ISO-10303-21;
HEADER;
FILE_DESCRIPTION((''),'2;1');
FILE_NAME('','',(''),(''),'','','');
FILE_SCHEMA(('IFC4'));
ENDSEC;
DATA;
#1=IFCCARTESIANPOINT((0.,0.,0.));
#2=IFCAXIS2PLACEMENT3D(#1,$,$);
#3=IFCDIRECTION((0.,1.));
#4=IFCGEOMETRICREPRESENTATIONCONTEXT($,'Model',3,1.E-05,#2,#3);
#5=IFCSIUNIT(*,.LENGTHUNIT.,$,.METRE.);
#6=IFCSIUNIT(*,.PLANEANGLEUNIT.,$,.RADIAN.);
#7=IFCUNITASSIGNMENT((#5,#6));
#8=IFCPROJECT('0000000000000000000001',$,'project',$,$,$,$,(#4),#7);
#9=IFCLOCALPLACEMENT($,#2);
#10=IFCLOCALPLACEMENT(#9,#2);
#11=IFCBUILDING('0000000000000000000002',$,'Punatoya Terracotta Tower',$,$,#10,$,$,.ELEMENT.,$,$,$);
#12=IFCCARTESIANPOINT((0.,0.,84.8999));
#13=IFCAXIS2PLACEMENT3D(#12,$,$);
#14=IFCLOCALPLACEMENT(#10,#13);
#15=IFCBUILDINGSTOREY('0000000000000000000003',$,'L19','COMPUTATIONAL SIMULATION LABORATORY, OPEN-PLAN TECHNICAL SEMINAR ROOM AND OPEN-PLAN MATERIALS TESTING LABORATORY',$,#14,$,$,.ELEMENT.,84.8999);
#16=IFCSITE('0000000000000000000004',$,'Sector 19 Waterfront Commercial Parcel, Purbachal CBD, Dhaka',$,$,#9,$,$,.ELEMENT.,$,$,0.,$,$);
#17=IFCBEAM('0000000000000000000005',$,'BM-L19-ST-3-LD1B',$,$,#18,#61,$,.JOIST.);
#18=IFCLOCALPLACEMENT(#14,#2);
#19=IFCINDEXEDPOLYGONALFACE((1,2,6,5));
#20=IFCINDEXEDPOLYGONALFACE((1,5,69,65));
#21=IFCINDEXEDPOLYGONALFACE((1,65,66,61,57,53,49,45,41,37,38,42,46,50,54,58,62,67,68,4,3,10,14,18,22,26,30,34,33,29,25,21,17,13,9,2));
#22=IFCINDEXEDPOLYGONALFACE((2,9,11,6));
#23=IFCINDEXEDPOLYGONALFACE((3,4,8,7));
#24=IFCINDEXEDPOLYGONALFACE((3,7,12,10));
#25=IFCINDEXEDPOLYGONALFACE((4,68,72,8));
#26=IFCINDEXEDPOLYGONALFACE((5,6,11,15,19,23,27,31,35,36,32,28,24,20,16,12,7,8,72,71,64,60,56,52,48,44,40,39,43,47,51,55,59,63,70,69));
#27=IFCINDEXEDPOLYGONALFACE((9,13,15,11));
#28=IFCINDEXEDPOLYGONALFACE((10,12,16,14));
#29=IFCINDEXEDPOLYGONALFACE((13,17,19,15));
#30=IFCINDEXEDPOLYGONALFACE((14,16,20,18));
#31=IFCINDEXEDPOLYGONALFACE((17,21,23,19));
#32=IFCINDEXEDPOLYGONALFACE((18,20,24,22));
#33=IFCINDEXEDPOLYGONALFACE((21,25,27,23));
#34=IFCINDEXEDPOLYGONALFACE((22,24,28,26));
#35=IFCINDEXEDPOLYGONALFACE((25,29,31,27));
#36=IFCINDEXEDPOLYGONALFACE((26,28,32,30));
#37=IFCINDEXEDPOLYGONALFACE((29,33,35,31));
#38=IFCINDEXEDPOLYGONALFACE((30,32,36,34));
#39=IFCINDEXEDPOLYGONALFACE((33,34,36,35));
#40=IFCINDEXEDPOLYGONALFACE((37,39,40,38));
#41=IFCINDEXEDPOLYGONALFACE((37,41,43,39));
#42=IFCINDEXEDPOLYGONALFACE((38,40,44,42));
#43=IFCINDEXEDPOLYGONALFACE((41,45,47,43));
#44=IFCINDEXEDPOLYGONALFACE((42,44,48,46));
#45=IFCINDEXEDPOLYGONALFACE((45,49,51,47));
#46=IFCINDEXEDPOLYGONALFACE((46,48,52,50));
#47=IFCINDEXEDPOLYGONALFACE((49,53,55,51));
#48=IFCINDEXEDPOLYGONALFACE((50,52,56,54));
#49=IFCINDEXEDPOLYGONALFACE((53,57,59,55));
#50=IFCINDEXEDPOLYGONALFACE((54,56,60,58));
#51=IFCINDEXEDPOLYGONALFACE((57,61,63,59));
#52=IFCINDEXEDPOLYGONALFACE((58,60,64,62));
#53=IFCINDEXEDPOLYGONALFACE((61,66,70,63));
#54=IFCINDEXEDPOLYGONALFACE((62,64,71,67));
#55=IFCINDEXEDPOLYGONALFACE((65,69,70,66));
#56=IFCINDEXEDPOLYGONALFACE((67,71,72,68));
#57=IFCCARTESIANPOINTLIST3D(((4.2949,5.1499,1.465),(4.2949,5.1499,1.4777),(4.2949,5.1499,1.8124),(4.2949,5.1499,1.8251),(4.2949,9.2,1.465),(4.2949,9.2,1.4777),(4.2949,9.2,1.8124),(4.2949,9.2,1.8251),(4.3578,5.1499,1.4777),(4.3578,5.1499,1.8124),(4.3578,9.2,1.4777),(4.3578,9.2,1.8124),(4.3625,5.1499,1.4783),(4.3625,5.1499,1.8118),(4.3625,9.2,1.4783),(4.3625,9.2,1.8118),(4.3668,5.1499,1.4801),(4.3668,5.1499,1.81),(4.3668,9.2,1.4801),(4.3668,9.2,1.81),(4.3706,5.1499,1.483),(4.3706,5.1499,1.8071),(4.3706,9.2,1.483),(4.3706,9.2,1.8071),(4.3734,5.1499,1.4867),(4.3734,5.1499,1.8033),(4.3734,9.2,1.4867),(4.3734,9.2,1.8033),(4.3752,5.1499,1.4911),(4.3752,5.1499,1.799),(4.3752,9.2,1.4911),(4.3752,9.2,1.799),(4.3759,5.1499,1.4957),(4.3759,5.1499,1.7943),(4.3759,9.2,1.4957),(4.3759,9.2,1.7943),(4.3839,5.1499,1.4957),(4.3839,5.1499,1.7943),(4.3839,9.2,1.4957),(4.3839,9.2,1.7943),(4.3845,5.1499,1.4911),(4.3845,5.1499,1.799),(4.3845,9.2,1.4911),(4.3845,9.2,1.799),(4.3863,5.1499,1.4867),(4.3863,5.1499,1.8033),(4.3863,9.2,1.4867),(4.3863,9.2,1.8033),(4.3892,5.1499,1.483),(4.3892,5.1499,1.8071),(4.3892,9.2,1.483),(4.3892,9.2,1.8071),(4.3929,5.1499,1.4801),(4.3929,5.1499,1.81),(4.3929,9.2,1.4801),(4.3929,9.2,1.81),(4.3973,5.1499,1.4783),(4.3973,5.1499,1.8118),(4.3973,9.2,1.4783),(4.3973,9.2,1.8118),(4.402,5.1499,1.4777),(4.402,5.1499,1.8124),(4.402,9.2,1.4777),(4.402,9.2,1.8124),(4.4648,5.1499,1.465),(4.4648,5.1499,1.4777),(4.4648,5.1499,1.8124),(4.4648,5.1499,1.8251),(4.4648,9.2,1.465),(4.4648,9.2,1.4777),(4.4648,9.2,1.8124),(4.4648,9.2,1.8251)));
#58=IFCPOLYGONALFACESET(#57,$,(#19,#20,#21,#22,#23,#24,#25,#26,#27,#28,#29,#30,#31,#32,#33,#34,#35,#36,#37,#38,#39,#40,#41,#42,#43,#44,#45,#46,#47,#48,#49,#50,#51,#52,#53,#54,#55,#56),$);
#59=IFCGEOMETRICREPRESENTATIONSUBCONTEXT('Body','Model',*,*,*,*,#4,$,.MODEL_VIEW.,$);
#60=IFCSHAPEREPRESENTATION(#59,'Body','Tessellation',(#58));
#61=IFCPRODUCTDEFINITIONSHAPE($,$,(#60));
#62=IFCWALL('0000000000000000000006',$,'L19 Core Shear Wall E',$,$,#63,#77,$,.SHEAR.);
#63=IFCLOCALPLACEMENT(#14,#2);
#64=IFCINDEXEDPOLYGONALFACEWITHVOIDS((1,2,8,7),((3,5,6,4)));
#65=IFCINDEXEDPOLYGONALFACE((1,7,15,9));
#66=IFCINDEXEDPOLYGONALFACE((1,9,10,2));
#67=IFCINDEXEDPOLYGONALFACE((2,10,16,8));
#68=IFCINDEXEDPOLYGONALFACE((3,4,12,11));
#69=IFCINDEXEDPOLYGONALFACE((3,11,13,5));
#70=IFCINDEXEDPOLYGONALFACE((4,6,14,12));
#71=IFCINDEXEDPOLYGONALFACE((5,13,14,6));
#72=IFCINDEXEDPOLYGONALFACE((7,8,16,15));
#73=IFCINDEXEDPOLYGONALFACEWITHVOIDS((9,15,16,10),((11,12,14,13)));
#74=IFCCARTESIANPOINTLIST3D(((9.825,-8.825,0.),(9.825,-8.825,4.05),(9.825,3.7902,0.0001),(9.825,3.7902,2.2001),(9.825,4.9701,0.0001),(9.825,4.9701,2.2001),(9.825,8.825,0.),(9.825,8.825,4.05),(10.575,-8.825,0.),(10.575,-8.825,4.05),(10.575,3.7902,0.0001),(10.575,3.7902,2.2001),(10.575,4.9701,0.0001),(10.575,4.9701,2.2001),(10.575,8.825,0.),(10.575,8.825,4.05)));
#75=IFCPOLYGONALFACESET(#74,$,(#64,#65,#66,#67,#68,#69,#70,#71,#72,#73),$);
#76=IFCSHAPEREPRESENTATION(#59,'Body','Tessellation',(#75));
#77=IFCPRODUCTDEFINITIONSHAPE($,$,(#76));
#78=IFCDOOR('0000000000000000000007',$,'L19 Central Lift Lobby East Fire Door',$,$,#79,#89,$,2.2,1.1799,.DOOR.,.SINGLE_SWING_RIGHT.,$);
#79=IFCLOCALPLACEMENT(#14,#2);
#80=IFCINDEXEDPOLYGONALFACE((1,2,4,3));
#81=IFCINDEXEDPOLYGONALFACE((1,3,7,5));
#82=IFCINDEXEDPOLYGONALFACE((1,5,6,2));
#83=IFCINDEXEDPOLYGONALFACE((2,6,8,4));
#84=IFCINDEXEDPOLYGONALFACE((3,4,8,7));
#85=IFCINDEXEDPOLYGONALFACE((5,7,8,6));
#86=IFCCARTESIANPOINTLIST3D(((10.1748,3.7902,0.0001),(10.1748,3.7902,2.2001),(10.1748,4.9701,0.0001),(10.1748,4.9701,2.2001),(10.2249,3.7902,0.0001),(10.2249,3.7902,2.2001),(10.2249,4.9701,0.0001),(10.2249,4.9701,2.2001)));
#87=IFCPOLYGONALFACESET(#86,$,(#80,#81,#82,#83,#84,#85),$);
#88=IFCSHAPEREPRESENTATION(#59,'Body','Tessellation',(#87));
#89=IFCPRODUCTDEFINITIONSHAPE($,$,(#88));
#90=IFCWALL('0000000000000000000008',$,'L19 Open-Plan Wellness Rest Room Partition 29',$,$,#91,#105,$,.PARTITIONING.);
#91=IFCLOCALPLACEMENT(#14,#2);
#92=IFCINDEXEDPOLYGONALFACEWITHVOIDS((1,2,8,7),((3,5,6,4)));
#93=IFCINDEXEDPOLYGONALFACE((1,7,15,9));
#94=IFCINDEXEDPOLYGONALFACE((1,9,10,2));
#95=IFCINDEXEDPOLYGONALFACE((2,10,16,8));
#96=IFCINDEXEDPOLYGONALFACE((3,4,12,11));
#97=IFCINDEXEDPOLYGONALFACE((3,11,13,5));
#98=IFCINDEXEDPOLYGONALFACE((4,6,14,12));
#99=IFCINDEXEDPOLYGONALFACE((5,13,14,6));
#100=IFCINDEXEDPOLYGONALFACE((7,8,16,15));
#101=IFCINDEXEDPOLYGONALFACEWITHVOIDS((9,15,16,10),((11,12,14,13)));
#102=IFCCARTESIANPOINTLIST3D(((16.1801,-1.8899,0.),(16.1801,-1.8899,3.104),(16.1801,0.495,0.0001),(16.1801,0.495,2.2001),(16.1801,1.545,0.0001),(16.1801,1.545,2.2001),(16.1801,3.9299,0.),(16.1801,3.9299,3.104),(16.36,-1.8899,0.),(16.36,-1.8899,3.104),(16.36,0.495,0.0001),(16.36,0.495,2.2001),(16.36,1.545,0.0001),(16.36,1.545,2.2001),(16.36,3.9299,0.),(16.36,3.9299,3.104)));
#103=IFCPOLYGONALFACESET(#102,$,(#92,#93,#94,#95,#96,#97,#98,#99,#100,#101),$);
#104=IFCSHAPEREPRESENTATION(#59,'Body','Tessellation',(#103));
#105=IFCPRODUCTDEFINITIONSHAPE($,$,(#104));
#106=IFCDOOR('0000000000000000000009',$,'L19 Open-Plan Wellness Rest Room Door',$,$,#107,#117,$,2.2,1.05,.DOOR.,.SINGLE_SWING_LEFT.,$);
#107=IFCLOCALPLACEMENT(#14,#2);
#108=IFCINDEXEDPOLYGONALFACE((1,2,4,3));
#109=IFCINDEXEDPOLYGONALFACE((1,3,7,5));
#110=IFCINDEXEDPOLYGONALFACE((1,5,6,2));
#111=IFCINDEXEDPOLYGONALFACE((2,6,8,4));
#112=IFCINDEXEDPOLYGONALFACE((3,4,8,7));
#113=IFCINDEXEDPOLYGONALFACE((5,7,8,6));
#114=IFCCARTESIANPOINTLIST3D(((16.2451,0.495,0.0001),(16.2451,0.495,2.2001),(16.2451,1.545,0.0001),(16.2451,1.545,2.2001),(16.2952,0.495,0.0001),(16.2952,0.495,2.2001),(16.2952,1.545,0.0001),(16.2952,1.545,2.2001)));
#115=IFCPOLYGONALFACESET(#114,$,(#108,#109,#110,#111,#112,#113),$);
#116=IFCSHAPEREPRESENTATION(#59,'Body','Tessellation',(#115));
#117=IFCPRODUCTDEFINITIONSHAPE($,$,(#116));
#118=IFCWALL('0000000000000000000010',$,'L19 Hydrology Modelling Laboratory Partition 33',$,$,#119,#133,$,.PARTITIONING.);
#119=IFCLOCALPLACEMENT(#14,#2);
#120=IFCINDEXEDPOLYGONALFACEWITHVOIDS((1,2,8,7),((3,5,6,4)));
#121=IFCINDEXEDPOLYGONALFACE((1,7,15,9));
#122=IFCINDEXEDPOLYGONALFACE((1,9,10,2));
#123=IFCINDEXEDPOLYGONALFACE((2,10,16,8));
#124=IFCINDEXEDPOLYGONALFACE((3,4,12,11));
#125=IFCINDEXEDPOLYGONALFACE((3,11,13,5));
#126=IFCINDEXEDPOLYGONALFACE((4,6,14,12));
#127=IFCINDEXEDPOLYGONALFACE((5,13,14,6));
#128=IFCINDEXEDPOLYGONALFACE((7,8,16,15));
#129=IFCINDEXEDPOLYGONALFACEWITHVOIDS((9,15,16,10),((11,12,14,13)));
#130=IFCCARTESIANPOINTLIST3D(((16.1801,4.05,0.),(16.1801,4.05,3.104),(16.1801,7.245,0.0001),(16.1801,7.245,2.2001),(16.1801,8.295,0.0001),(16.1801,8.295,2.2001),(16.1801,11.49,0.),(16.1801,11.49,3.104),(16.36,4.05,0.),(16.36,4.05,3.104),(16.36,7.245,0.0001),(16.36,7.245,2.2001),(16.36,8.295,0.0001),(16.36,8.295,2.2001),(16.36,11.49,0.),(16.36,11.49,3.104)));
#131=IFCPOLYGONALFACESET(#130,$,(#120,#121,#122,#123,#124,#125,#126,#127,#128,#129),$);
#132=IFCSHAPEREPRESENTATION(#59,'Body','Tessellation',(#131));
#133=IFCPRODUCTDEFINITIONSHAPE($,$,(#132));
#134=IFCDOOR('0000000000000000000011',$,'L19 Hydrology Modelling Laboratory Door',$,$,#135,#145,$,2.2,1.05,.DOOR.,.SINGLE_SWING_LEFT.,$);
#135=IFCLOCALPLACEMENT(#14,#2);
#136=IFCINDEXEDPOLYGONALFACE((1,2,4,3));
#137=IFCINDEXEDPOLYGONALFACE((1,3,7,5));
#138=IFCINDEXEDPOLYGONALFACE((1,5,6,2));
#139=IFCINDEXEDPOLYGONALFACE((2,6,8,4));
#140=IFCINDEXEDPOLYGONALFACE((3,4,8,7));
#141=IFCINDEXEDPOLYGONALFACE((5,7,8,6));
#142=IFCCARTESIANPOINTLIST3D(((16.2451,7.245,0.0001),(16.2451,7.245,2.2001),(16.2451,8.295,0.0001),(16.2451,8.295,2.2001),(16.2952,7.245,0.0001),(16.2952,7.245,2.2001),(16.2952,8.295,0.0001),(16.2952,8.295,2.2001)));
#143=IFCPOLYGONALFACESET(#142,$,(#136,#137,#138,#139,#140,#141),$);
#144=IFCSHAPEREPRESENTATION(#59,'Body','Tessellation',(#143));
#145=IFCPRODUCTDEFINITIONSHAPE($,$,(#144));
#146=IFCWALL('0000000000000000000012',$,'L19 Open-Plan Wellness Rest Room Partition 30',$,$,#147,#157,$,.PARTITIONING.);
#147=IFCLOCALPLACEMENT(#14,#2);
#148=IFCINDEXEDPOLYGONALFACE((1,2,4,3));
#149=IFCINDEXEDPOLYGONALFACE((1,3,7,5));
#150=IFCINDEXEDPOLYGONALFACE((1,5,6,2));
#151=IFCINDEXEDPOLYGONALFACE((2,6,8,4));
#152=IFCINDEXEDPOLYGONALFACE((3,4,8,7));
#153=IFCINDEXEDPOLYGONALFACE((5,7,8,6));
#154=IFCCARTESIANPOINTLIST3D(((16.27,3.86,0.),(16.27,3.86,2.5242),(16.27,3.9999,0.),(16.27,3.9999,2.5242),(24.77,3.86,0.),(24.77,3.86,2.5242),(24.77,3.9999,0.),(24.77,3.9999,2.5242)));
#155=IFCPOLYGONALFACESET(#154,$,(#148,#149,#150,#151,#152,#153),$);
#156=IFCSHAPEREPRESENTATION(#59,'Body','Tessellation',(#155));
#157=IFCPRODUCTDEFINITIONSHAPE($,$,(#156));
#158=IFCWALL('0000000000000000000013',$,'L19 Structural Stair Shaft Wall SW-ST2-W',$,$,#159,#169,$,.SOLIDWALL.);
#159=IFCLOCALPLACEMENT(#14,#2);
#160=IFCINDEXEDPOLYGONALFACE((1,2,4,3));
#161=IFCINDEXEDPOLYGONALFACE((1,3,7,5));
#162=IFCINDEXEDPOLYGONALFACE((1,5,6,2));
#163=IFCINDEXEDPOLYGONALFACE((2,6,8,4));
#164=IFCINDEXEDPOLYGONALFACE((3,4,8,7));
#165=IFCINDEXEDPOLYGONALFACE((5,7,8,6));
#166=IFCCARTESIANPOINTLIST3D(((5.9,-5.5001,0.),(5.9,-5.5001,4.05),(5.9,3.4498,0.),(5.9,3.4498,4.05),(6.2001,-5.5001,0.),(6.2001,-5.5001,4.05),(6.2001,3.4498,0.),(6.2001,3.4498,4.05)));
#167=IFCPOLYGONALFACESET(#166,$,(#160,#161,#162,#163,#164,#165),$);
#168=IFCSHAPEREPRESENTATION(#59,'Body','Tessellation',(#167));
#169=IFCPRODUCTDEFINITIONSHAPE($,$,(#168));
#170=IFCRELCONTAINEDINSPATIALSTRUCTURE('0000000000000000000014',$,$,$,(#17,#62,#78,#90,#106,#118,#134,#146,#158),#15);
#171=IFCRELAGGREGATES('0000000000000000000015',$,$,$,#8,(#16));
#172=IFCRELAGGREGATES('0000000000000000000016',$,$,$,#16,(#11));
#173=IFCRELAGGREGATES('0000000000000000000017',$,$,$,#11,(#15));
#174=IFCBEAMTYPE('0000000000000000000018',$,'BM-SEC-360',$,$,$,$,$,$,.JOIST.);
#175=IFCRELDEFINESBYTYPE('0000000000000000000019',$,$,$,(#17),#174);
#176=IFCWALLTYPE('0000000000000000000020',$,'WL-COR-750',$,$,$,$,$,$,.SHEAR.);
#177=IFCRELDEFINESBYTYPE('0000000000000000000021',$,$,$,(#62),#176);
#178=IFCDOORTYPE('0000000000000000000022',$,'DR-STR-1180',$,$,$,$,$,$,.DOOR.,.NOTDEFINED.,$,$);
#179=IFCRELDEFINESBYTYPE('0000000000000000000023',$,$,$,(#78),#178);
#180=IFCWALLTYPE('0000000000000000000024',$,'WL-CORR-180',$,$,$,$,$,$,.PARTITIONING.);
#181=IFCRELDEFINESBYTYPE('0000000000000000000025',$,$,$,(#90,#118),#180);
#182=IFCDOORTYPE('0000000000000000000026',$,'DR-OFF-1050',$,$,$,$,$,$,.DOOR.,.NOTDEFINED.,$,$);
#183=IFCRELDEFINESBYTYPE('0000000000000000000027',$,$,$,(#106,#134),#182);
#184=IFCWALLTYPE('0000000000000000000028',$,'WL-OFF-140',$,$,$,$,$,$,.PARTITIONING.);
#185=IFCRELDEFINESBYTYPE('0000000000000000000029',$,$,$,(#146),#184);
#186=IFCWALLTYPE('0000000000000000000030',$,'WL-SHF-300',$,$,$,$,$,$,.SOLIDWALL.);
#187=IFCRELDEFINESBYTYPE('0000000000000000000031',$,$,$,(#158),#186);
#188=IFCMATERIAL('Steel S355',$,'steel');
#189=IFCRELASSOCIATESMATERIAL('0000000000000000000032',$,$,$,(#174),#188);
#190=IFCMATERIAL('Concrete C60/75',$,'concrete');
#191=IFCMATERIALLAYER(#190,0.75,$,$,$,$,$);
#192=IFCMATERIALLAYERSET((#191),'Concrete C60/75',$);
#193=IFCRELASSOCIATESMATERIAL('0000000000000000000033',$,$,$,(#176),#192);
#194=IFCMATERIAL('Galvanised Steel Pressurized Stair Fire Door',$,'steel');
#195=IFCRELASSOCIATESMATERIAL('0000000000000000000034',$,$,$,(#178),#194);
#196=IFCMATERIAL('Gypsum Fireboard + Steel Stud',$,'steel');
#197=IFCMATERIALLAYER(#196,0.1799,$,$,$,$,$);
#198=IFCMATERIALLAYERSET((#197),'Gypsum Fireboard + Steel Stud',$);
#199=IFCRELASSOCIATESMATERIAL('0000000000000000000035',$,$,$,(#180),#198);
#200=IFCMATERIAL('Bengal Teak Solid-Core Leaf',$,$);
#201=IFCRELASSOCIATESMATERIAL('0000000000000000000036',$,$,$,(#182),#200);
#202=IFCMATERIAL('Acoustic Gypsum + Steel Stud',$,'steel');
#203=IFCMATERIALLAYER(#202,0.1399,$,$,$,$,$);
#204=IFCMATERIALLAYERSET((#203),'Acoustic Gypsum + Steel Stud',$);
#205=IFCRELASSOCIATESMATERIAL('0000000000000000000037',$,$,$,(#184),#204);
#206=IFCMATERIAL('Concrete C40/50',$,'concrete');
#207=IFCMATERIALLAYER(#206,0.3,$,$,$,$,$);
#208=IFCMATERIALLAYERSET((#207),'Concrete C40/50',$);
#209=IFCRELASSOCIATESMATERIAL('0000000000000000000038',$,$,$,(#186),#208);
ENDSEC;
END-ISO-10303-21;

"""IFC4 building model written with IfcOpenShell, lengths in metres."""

from ifc_helpers import new_model, si_unit, direction, frame, frame_2d, origin, origin_2d, place, context, subcontext, project, spatial, rectangle, i_section, extrude, material, layer, layer_set, material_profile, profile_set, type_object, element, fill, save


model = new_model("IFC4")

# Units and contexts
model_context = context("Model", 3, precision=1e-05, world=origin(), true_north=direction((0.0, 1.0)))
body_context = subcontext(model_context, "Body", "Model", "MODEL_VIEW")
ifc_project = project(units=[si_unit("LENGTHUNIT", "METRE"), si_unit("PLANEANGLEUNIT", "RADIAN")], contexts=[model_context])

# Site, building, storey
site_placement = place(None, origin())
site = spatial("IfcSite", under=ifc_project, at=site_placement, Name="Sector 19 Waterfront Commercial Parcel, Purbachal CBD, Dhaka", CompositionType="ELEMENT", RefElevation=0.0)
building_placement = place(site_placement, origin())
building = spatial("IfcBuilding", under=site, at=building_placement, Name="Punatoya Terracotta Tower", CompositionType="ELEMENT")
storey_placement = place(building_placement, frame((0.0, 0.0, 84.8999)))
storey = spatial("IfcBuildingStorey", under=building, at=storey_placement, Name="L19", Description="COMPUTATIONAL SIMULATION LABORATORY, OPEN-PLAN TECHNICAL SEMINAR ROOM AND OPEN-PLAN MATERIALS TESTING LABORATORY", CompositionType="ELEMENT", Elevation=84.8999)

# Beam
ifc_material_1 = material(Name="Steel S355", Category="steel")
ifc_material_profile_1 = material_profile(ifc_material_1, i_section(OverallWidth=0.1699, OverallDepth=0.3601, WebThickness=0.0081, FlangeThickness=0.0127, FilletRadius=0.0181, at=origin_2d()))
ifc_profile_set_1 = profile_set([ifc_material_profile_1], Name="Steel S355")
beam_type_1 = type_object("IfcBeamType", Name="BM-SEC-360", PredefinedType="JOIST", material=ifc_profile_set_1)
for number, where, z_axis, x_axis, name in (
    (1, (4.3799, 5.1499, 1.645), (0.0, 1.0, 0.0), (-1.0, 0.0, 0.0), "BM-L19-ST-3-LD1B"),
):
    element("IfcBeam", number, at=place(storey_placement, frame(where, z_axis=z_axis, x_axis=x_axis)), inside=storey, type_object=beam_type_1, Name=name, PredefinedType="JOIST", context=body_context, shape_type="SweptSolid", body=[
        extrude(i_section(OverallWidth=0.1699, OverallDepth=0.3601, WebThickness=0.0081, FlangeThickness=0.0127, FilletRadius=0.0181, at=origin_2d()), origin(), (0.0, 0.0, 1.0), 4.05),
    ])

# Walls, openings, doors
ifc_material_2 = material(Name="Concrete C60/75", Category="concrete")
ifc_layer_1 = layer(ifc_material_2, 0.75)
ifc_layer_set_1 = layer_set([ifc_layer_1], Name="Concrete C60/75")
wall_type_1 = type_object("IfcWallType", Name="WL-COR-750", PredefinedType="SHEAR", material=ifc_layer_set_1)
wall_1_placement = place(storey_placement, frame((10.2, 8.825, 0.0), z_axis=(0.0, 0.0, 1.0), x_axis=(0.0, -1.0, 0.0)))
wall_1 = element("IfcWall", 2, at=wall_1_placement, inside=storey, type_object=wall_type_1, Name="L19 Core Shear Wall E", PredefinedType="SHEAR", context=body_context, shape_type="SweptSolid", body=[
    extrude(rectangle(XDim=17.6499, YDim=0.75, at=frame_2d((8.825, 0.0))), origin(), (0.0, 0.0, 1.0), 4.05),
])
opening_1_placement = place(wall_1_placement, frame((3.855, 0.0, 0.0)))
opening_1 = element("IfcOpeningElement", 3, at=opening_1_placement, cuts=wall_1, PredefinedType="OPENING", context=body_context, shape_type="SweptSolid", body=[
    extrude(rectangle(XDim=1.1799, YDim=2.2, at=frame_2d((0.5898, 1.1001))), frame((0.0, 0.385, 0.0), z_axis=(0.0, -1.0, 0.0), x_axis=(1.0, 0.0, 0.0)), (0.0, 0.0, 1.0), 0.77),
])
ifc_material_3 = material(Name="Galvanised Steel Pressurized Stair Fire Door", Category="steel")
door_type_1 = type_object("IfcDoorType", Name="DR-STR-1180", OperationType="NOTDEFINED", PredefinedType="DOOR", material=ifc_material_3)
door_1_placement = place(opening_1_placement, origin())
door_1 = element("IfcDoor", 4, at=door_1_placement, inside=storey, type_object=door_type_1, Name="L19 Central Lift Lobby East Fire Door", OperationType="SINGLE_SWING_RIGHT", OverallHeight=2.2, OverallWidth=1.1799, PredefinedType="DOOR", context=body_context, shape_type="SweptSolid", body=[
    extrude(rectangle(XDim=1.1799, YDim=2.2, at=frame_2d((0.5898, 1.1001))), frame((0.0, 0.0249, 0.0), z_axis=(0.0, -1.0, 0.0), x_axis=(1.0, 0.0, 0.0)), (0.0, 0.0, 1.0), 0.05),
])
fill(opening_1, door_1)
ifc_material_4 = material(Name="Gypsum Fireboard + Steel Stud", Category="steel")
ifc_layer_2 = layer(ifc_material_4, 0.1799)
ifc_layer_set_2 = layer_set([ifc_layer_2], Name="Gypsum Fireboard + Steel Stud")
wall_type_2 = type_object("IfcWallType", Name="WL-CORR-180", PredefinedType="PARTITIONING", material=ifc_layer_set_2)
wall_2_placement = place(storey_placement, frame((16.27, -1.8899, 0.0), z_axis=(0.0, 0.0, 1.0), x_axis=(0.0, 1.0, 0.0)))
wall_2 = element("IfcWall", 5, at=wall_2_placement, inside=storey, type_object=wall_type_2, Name="L19 Open-Plan Wellness Rest Room Partition 29", PredefinedType="PARTITIONING", context=body_context, shape_type="SweptSolid", body=[
    extrude(rectangle(XDim=5.8198, YDim=0.1799, at=frame_2d((2.9099, 0.0))), origin(), (0.0, 0.0, 1.0), 3.104),
])
opening_2_placement = place(wall_2_placement, frame((2.385, 0.0, 0.0)))
opening_2 = element("IfcOpeningElement", 6, at=opening_2_placement, cuts=wall_2, PredefinedType="OPENING", context=body_context, shape_type="SweptSolid", body=[
    extrude(rectangle(XDim=1.05, YDim=2.2, at=frame_2d((0.5249, 1.1001))), frame((0.0, 0.0999, 0.0), z_axis=(0.0, -1.0, 0.0), x_axis=(1.0, 0.0, 0.0)), (0.0, 0.0, 1.0), 0.2),
])
ifc_material_5 = material(Name="Bengal Teak Solid-Core Leaf")
door_type_2 = type_object("IfcDoorType", Name="DR-OFF-1050", OperationType="NOTDEFINED", PredefinedType="DOOR", material=ifc_material_5)
door_2_placement = place(opening_2_placement, origin())
door_2 = element("IfcDoor", 7, at=door_2_placement, inside=storey, type_object=door_type_2, Name="L19 Open-Plan Wellness Rest Room Door", OperationType="SINGLE_SWING_LEFT", OverallHeight=2.2, OverallWidth=1.05, PredefinedType="DOOR", context=body_context, shape_type="SweptSolid", body=[
    extrude(rectangle(XDim=1.05, YDim=2.2, at=frame_2d((0.5249, 1.1001))), frame((0.0, 0.0249, 0.0), z_axis=(0.0, -1.0, 0.0), x_axis=(1.0, 0.0, 0.0)), (0.0, 0.0, 1.0), 0.05),
])
fill(opening_2, door_2)
wall_3_placement = place(storey_placement, frame((16.27, 4.05, 0.0), z_axis=(0.0, 0.0, 1.0), x_axis=(0.0, 1.0, 0.0)))
wall_3 = element("IfcWall", 8, at=wall_3_placement, inside=storey, type_object=wall_type_2, Name="L19 Hydrology Modelling Laboratory Partition 33", PredefinedType="PARTITIONING", context=body_context, shape_type="SweptSolid", body=[
    extrude(rectangle(XDim=7.4399, YDim=0.1799, at=frame_2d((3.72, 0.0))), origin(), (0.0, 0.0, 1.0), 3.104),
])
opening_3_placement = place(wall_3_placement, frame((3.1951, 0.0, 0.0)))
opening_3 = element("IfcOpeningElement", 9, at=opening_3_placement, cuts=wall_3, PredefinedType="OPENING", context=body_context, shape_type="SweptSolid", body=[
    extrude(rectangle(XDim=1.05, YDim=2.2, at=frame_2d((0.5249, 1.1001))), frame((0.0, 0.0999, 0.0), z_axis=(0.0, -1.0, 0.0), x_axis=(1.0, 0.0, 0.0)), (0.0, 0.0, 1.0), 0.2),
])
door_3_placement = place(opening_3_placement, origin())
door_3 = element("IfcDoor", 10, at=door_3_placement, inside=storey, type_object=door_type_2, Name="L19 Hydrology Modelling Laboratory Door", OperationType="SINGLE_SWING_LEFT", OverallHeight=2.2, OverallWidth=1.05, PredefinedType="DOOR", context=body_context, shape_type="SweptSolid", body=[
    extrude(rectangle(XDim=1.05, YDim=2.2, at=frame_2d((0.5249, 1.1001))), frame((0.0, 0.0249, 0.0), z_axis=(0.0, -1.0, 0.0), x_axis=(1.0, 0.0, 0.0)), (0.0, 0.0, 1.0), 0.05),
])
fill(opening_3, door_3)

# Walls
ifc_material_6 = material(Name="Acoustic Gypsum + Steel Stud", Category="steel")
ifc_layer_3 = layer(ifc_material_6, 0.1399)
ifc_layer_set_3 = layer_set([ifc_layer_3], Name="Acoustic Gypsum + Steel Stud")
wall_type_3 = type_object("IfcWallType", Name="WL-OFF-140", PredefinedType="PARTITIONING", material=ifc_layer_set_3)
wall_4_placement = place(storey_placement, frame((16.27, 3.9299, 0.0), z_axis=(0.0, 0.0, 1.0), x_axis=(1.0, 0.0, 0.0)))
element("IfcWall", 11, at=wall_4_placement, inside=storey, type_object=wall_type_3, Name="L19 Open-Plan Wellness Rest Room Partition 30", PredefinedType="PARTITIONING", context=body_context, shape_type="SweptSolid", body=[
    extrude(rectangle(XDim=8.5, YDim=0.1399, at=frame_2d((4.25, 0.0))), origin(), (0.0, 0.0, 1.0), 2.5242),
])
ifc_material_7 = material(Name="Concrete C40/50", Category="concrete")
ifc_layer_4 = layer(ifc_material_7, 0.3)
ifc_layer_set_4 = layer_set([ifc_layer_4], Name="Concrete C40/50")
wall_type_4 = type_object("IfcWallType", Name="WL-SHF-300", PredefinedType="SOLIDWALL", material=ifc_layer_set_4)
wall_5_placement = place(storey_placement, frame((6.05, 3.45, 0.0), z_axis=(0.0, 0.0, 1.0), x_axis=(0.0, -1.0, 0.0)))
element("IfcWall", 12, at=wall_5_placement, inside=storey, type_object=wall_type_4, Name="L19 Structural Stair Shaft Wall SW-ST2-W", PredefinedType="SOLIDWALL", context=body_context, shape_type="SweptSolid", body=[
    extrude(rectangle(XDim=8.95, YDim=0.3, at=frame_2d((4.4751, 0.0))), origin(), (0.0, 0.0, 1.0), 4.05),
])

save(model, "model.ifc")
